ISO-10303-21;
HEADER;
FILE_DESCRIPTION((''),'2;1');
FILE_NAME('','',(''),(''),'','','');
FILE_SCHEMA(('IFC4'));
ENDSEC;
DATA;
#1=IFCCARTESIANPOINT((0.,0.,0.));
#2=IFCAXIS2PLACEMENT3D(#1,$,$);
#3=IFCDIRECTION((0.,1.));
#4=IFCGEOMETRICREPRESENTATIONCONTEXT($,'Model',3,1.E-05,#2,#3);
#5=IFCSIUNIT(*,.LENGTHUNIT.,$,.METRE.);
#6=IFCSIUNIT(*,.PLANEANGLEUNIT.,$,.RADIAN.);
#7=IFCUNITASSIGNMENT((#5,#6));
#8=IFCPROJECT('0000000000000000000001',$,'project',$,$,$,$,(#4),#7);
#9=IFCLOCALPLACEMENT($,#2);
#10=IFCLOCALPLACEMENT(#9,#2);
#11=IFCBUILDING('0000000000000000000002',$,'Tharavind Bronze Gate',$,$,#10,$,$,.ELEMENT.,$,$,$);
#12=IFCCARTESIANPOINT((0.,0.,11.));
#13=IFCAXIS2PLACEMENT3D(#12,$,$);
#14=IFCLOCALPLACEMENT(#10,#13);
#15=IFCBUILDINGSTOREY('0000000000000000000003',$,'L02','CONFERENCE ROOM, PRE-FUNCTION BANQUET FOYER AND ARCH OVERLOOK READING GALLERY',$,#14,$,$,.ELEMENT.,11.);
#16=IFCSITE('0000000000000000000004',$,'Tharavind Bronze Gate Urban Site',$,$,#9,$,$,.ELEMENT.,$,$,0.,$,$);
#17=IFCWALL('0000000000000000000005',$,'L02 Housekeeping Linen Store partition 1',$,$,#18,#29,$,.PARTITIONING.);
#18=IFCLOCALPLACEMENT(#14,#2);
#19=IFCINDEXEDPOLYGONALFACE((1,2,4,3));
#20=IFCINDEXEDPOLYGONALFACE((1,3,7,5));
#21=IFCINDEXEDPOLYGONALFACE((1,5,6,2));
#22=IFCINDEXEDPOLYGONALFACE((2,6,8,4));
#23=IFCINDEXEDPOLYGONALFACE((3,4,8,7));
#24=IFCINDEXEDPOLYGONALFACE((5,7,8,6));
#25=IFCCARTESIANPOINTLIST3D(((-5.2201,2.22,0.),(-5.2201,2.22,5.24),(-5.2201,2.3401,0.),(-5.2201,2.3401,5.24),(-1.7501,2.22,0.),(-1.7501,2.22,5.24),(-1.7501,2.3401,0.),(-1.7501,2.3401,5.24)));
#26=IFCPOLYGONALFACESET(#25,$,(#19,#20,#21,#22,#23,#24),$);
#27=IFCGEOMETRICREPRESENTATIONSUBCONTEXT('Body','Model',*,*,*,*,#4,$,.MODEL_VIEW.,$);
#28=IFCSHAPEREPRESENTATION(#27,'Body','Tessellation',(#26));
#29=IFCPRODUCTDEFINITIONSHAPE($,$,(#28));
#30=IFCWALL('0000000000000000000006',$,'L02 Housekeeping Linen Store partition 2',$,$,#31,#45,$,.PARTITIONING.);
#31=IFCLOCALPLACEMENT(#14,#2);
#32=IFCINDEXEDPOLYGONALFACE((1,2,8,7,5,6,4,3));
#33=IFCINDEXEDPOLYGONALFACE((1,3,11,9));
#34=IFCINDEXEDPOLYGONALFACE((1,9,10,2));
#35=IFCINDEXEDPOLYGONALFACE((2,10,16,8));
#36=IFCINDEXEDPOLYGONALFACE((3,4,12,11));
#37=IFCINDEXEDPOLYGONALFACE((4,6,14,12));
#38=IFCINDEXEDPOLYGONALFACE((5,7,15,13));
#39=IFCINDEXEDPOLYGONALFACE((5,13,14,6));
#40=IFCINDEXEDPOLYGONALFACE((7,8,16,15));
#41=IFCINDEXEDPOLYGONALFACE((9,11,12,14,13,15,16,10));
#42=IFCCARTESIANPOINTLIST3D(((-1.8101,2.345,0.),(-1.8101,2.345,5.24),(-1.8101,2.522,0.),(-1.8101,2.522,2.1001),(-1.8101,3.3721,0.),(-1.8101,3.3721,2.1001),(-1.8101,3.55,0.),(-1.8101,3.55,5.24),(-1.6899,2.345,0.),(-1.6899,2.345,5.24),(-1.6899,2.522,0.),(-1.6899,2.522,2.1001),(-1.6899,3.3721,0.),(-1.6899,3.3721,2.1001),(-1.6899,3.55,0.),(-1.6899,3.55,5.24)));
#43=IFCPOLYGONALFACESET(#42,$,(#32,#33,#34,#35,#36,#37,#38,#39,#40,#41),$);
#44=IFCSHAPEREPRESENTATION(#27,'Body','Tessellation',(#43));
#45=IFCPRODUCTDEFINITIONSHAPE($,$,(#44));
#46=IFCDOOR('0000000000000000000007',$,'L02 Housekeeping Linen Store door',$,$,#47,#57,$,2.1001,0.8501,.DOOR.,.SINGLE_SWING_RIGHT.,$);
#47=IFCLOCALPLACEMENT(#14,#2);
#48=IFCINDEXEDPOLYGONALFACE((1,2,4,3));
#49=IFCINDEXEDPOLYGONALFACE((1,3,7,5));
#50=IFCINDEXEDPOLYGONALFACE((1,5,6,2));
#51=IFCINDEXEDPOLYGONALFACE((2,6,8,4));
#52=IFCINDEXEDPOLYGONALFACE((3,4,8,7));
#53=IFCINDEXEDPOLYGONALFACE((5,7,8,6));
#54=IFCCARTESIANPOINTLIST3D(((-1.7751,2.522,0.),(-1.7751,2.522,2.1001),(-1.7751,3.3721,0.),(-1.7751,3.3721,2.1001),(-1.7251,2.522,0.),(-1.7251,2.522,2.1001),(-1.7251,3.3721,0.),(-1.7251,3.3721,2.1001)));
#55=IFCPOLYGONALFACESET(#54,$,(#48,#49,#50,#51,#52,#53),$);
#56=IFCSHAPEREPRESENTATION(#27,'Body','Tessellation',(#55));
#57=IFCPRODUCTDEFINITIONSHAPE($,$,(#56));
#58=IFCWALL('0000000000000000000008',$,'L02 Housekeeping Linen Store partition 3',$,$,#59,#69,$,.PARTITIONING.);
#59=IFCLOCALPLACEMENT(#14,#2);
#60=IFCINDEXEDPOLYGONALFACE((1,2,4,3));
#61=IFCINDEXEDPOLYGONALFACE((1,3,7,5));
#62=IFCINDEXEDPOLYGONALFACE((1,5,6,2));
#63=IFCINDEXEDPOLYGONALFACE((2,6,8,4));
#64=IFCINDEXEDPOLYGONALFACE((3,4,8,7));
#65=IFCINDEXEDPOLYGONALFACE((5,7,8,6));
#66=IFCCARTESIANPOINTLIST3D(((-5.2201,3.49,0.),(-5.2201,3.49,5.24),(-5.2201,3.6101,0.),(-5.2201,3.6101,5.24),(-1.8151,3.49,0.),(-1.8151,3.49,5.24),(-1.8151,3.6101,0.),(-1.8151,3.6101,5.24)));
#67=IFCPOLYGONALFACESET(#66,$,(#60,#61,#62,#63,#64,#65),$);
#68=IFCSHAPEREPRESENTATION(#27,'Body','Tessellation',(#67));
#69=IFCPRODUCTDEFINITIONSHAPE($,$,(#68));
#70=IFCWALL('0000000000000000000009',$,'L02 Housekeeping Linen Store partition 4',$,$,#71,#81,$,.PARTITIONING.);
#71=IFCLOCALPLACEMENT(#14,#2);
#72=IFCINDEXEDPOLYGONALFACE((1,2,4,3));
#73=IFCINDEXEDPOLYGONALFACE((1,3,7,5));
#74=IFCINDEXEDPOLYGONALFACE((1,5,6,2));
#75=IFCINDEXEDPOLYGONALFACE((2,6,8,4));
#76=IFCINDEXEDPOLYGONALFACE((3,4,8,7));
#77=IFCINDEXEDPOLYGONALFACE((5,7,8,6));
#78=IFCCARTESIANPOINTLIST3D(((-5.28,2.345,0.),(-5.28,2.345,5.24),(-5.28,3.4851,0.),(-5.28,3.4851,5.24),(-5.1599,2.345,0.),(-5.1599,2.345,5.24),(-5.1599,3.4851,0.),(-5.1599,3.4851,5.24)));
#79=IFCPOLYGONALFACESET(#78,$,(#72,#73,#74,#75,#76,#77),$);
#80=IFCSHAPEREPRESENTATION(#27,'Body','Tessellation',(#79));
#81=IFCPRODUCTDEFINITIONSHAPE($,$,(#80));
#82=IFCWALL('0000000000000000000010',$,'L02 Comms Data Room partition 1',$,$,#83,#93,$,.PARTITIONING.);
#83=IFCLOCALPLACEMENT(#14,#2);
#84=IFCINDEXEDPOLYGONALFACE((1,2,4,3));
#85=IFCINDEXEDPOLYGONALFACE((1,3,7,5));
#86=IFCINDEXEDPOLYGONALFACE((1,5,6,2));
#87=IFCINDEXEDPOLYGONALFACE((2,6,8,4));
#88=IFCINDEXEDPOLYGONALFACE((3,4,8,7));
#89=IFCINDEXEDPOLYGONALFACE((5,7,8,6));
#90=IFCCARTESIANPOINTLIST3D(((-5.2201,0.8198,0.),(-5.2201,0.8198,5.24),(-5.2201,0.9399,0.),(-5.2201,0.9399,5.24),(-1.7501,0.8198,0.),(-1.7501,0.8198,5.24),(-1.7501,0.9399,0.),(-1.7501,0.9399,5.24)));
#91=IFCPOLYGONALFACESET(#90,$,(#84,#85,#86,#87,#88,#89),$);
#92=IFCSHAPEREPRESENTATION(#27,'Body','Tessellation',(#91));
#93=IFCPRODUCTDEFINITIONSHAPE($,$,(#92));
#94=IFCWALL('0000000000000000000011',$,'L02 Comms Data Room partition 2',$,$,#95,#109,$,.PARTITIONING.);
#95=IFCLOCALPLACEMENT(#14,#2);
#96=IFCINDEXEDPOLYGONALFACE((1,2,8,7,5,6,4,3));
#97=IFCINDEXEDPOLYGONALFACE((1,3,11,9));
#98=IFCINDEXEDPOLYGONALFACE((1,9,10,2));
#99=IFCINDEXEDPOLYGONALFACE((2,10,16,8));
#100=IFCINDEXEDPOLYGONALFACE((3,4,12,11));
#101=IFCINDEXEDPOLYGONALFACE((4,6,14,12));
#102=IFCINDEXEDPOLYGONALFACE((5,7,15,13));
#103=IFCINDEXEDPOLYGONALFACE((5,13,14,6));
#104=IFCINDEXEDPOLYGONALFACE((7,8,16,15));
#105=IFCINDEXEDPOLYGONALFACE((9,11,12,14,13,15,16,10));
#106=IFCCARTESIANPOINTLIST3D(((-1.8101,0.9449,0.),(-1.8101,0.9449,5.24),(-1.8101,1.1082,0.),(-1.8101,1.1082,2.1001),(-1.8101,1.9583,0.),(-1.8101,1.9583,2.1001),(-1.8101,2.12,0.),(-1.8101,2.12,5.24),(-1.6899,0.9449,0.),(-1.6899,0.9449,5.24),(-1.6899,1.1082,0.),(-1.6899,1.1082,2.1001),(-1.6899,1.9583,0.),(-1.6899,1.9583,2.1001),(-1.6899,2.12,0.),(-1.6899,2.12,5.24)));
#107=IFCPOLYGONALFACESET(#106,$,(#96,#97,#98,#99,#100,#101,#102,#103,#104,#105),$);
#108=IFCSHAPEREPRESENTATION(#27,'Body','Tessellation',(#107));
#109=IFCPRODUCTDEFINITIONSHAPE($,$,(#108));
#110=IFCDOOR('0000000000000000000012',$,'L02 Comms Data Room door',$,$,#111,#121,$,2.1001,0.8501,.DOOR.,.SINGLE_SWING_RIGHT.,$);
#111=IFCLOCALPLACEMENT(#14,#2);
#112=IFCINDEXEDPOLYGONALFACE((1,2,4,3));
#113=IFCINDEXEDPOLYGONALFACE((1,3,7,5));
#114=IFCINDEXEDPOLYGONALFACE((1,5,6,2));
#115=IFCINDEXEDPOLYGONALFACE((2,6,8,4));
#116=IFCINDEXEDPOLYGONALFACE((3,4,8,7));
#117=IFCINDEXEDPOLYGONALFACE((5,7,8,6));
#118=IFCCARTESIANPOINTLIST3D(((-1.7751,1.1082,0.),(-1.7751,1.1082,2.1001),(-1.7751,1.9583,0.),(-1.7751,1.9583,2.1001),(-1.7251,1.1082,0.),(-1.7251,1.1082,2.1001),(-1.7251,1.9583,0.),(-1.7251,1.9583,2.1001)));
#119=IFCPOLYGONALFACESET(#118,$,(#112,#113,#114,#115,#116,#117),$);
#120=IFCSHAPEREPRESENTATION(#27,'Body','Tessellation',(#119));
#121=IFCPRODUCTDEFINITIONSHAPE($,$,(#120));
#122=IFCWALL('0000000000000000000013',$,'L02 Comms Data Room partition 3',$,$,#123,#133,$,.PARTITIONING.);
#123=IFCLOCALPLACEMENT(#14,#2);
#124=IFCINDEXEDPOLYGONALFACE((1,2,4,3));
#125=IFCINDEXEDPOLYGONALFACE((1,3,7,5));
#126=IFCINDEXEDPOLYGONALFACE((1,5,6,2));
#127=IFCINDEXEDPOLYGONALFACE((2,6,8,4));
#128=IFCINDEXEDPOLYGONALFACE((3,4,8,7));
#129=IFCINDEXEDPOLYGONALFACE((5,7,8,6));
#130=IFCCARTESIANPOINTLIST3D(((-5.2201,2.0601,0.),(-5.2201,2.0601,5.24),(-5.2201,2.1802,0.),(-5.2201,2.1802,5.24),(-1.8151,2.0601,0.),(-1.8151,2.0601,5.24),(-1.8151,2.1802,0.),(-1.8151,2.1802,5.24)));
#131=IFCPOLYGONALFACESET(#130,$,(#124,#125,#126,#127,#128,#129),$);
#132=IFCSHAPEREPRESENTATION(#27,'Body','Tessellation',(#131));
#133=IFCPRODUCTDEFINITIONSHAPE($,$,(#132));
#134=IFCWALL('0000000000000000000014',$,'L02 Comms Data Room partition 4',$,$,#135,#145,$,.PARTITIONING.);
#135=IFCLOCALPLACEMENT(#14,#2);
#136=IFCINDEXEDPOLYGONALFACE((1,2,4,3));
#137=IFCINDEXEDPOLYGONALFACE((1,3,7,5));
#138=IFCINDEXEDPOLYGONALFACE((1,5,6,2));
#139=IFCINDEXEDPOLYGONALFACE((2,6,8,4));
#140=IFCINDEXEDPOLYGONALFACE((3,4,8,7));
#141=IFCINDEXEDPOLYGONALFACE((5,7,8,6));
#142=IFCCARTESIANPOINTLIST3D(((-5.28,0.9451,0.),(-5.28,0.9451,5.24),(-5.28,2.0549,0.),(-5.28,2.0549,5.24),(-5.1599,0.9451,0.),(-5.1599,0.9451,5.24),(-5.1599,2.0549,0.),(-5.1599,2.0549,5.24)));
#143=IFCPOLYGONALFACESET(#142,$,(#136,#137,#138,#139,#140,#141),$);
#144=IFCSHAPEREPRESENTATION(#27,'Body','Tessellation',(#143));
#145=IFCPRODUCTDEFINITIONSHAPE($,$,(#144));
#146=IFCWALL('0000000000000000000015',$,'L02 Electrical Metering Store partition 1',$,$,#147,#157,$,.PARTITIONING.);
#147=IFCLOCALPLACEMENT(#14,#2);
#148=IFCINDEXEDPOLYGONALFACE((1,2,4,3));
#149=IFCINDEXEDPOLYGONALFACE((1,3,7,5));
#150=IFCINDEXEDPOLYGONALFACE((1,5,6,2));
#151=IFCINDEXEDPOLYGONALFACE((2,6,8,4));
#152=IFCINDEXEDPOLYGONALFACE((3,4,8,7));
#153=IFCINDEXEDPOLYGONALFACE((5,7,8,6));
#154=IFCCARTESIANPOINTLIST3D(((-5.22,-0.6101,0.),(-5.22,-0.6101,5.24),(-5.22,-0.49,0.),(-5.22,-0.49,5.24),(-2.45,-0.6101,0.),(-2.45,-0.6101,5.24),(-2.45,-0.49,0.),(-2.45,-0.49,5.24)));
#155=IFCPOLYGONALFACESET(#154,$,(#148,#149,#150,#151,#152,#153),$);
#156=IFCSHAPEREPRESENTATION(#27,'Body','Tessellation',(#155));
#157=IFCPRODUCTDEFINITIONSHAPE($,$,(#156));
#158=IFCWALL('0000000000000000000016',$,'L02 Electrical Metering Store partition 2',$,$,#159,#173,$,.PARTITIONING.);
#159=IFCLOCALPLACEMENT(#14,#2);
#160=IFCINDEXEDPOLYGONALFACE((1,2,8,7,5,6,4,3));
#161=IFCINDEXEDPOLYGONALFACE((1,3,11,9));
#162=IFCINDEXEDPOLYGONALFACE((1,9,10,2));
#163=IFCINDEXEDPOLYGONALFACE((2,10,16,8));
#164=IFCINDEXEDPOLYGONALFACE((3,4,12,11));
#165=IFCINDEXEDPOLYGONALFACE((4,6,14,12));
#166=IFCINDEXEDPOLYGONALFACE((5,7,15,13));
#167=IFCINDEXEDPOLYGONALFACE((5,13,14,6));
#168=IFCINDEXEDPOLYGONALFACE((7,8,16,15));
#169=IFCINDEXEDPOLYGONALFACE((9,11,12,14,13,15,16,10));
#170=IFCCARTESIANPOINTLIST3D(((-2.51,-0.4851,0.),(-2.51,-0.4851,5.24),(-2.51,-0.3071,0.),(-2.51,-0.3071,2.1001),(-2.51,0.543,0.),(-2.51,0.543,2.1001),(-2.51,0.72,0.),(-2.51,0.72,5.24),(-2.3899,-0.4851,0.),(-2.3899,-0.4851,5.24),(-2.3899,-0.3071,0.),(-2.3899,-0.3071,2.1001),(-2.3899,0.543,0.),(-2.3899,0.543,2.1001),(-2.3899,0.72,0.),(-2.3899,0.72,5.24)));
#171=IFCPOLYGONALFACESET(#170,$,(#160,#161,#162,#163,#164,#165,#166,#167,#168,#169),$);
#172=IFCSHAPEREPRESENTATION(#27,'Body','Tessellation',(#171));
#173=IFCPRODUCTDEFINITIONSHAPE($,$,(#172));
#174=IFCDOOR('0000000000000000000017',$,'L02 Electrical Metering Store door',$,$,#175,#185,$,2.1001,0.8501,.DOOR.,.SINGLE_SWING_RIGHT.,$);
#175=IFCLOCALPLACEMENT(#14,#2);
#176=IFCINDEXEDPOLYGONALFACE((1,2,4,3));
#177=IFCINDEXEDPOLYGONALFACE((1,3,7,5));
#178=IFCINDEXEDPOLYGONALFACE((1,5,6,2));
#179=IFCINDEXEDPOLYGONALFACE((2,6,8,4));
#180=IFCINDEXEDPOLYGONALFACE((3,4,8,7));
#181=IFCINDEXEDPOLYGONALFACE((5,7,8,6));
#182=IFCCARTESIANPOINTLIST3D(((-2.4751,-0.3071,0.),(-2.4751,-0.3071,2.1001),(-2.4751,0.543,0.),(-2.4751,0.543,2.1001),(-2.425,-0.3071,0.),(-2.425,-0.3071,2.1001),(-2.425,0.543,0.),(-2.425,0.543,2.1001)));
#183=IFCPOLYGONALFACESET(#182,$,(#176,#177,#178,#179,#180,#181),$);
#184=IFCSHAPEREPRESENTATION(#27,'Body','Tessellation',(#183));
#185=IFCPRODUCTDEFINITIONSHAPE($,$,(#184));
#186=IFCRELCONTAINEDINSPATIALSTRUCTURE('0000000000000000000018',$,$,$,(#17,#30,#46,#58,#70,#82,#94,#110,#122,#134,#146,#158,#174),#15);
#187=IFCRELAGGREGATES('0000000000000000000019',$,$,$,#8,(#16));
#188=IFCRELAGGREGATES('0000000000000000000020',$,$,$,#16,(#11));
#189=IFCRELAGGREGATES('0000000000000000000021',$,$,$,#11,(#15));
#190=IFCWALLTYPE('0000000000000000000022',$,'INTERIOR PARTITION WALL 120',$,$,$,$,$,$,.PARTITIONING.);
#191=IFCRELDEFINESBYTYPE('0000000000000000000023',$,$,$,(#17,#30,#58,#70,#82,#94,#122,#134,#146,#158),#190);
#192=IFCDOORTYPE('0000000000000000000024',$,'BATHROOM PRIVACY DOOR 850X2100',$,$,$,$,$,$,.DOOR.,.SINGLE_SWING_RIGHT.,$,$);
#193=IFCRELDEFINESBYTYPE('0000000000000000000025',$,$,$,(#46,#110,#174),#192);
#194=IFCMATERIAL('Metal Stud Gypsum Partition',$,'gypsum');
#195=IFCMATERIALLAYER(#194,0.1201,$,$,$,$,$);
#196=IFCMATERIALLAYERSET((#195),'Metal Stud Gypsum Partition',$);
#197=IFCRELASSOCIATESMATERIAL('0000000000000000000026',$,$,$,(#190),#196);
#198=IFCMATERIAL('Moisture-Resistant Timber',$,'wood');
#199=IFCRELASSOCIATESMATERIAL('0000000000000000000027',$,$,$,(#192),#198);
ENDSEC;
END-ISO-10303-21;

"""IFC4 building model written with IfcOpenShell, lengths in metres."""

from ifc_helpers import new_model, si_unit, direction, frame, frame_2d, origin, place, context, subcontext, project, spatial, rectangle, extrude, material, layer, layer_set, type_object, element, fill, save


model = new_model("IFC4")

# Units and contexts
model_context = context("Model", 3, precision=1e-05, world=origin(), true_north=direction((0.0, 1.0)))
body_context = subcontext(model_context, "Body", "Model", "MODEL_VIEW")
ifc_project = project(units=[si_unit("LENGTHUNIT", "METRE"), si_unit("PLANEANGLEUNIT", "RADIAN")], contexts=[model_context])

# Site, building, storey
site_placement = place(None, origin())
site = spatial("IfcSite", under=ifc_project, at=site_placement, Name="Tharavind Bronze Gate Urban Site", CompositionType="ELEMENT", RefElevation=0.0)
building_placement = place(site_placement, origin())
building = spatial("IfcBuilding", under=site, at=building_placement, Name="Tharavind Bronze Gate", CompositionType="ELEMENT")
storey_placement = place(building_placement, frame((0.0, 0.0, 11.0)))
storey = spatial("IfcBuildingStorey", under=building, at=storey_placement, Name="L02", Description="CONFERENCE ROOM, PRE-FUNCTION BANQUET FOYER AND ARCH OVERLOOK READING GALLERY", CompositionType="ELEMENT", Elevation=11.0)

# Wall
ifc_material_1 = material(Name="Metal Stud Gypsum Partition", Category="gypsum")
ifc_layer_1 = layer(ifc_material_1, 0.1201)
ifc_layer_set_1 = layer_set([ifc_layer_1], Name="Metal Stud Gypsum Partition")
wall_type_1 = type_object("IfcWallType", Name="INTERIOR PARTITION WALL 120", PredefinedType="PARTITIONING", material=ifc_layer_set_1)
wall_1_placement = place(storey_placement, frame((-5.22, 2.28, 0.0), z_axis=(0.0, 0.0, 1.0), x_axis=(1.0, 0.0, 0.0)))
element("IfcWall", 1, at=wall_1_placement, inside=storey, type_object=wall_type_1, Name="L02 Housekeeping Linen Store partition 1", PredefinedType="PARTITIONING", context=body_context, shape_type="SweptSolid", body=[
    extrude(rectangle(XDim=3.47, YDim=0.1201, at=frame_2d((1.7349, 0.0))), origin(), (0.0, 0.0, 1.0), 5.24),
])

# Wall, opening, door
wall_2_placement = place(storey_placement, frame((-1.75, 2.345, 0.0), z_axis=(0.0, 0.0, 1.0), x_axis=(0.0, 1.0, 0.0)))
wall_2 = element("IfcWall", 2, at=wall_2_placement, inside=storey, type_object=wall_type_1, Name="L02 Housekeeping Linen Store partition 2", PredefinedType="PARTITIONING", context=body_context, shape_type="SweptSolid", body=[
    extrude(rectangle(XDim=1.2051, YDim=0.1201, at=frame_2d((0.6025, 0.0))), origin(), (0.0, 0.0, 1.0), 5.24),
])
opening_1_placement = place(wall_2_placement, frame((0.177, 0.0, 0.0)))
opening_1 = element("IfcOpeningElement", 3, at=opening_1_placement, cuts=wall_2, PredefinedType="OPENING", context=body_context, shape_type="SweptSolid", body=[
    extrude(rectangle(XDim=0.8501, YDim=2.1001, at=frame_2d((0.425, 1.05))), frame((0.0, 0.0701, 0.0), z_axis=(0.0, -1.0, 0.0), x_axis=(1.0, 0.0, 0.0)), (0.0, 0.0, 1.0), 0.1401),
])
ifc_material_2 = material(Name="Moisture-Resistant Timber", Category="wood")
door_type_1 = type_object("IfcDoorType", Name="BATHROOM PRIVACY DOOR 850X2100", OperationType="SINGLE_SWING_RIGHT", PredefinedType="DOOR", material=ifc_material_2)
door_1_placement = place(opening_1_placement, frame((0.8501, 0.0, 0.0), z_axis=(0.0, 0.0, 1.0), x_axis=(-1.0, 0.0, 0.0)))
door_1 = element("IfcDoor", 4, at=door_1_placement, inside=storey, type_object=door_type_1, Name="L02 Housekeeping Linen Store door", OperationType="SINGLE_SWING_RIGHT", OverallHeight=2.1001, OverallWidth=0.8501, PredefinedType="DOOR", context=body_context, shape_type="SweptSolid", body=[
    extrude(rectangle(XDim=0.8501, YDim=2.1001, at=frame_2d((0.425, 1.05))), frame((0.0, 0.0249, 0.0), z_axis=(0.0, -1.0, 0.0), x_axis=(1.0, 0.0, 0.0)), (0.0, 0.0, 1.0), 0.05),
])
fill(opening_1, door_1)

# Walls
wall_3_placement = place(storey_placement, frame((-1.8149, 3.55, 0.0), z_axis=(0.0, 0.0, 1.0), x_axis=(-1.0, 0.0, 0.0)))
element("IfcWall", 5, at=wall_3_placement, inside=storey, type_object=wall_type_1, Name="L02 Housekeeping Linen Store partition 3", PredefinedType="PARTITIONING", context=body_context, shape_type="SweptSolid", body=[
    extrude(rectangle(XDim=3.405, YDim=0.1201, at=frame_2d((1.7026, 0.0))), origin(), (0.0, 0.0, 1.0), 5.24),
])
wall_4_placement = place(storey_placement, frame((-5.22, 3.4851, 0.0), z_axis=(0.0, 0.0, 1.0), x_axis=(0.0, -1.0, 0.0)))
element("IfcWall", 6, at=wall_4_placement, inside=storey, type_object=wall_type_1, Name="L02 Housekeeping Linen Store partition 4", PredefinedType="PARTITIONING", context=body_context, shape_type="SweptSolid", body=[
    extrude(rectangle(XDim=1.1401, YDim=0.1201, at=frame_2d((0.5701, 0.0))), origin(), (0.0, 0.0, 1.0), 5.24),
])
wall_5_placement = place(storey_placement, frame((-5.22, 0.8799, 0.0), z_axis=(0.0, 0.0, 1.0), x_axis=(1.0, 0.0, 0.0)))
element("IfcWall", 7, at=wall_5_placement, inside=storey, type_object=wall_type_1, Name="L02 Comms Data Room partition 1", PredefinedType="PARTITIONING", context=body_context, shape_type="SweptSolid", body=[
    extrude(rectangle(XDim=3.47, YDim=0.1201, at=frame_2d((1.7349, 0.0))), origin(), (0.0, 0.0, 1.0), 5.24),
])

# Wall, opening, door
wall_6_placement = place(storey_placement, frame((-1.75, 0.9451, 0.0), z_axis=(0.0, 0.0, 1.0), x_axis=(0.0, 1.0, 0.0)))
wall_6 = element("IfcWall", 8, at=wall_6_placement, inside=storey, type_object=wall_type_1, Name="L02 Comms Data Room partition 2", PredefinedType="PARTITIONING", context=body_context, shape_type="SweptSolid", body=[
    extrude(rectangle(XDim=1.175, YDim=0.1201, at=frame_2d((0.5874, 0.0))), origin(), (0.0, 0.0, 1.0), 5.24),
])
opening_2_placement = place(wall_6_placement, frame((0.1631, 0.0, 0.0)))
opening_2 = element("IfcOpeningElement", 9, at=opening_2_placement, cuts=wall_6, PredefinedType="OPENING", context=body_context, shape_type="SweptSolid", body=[
    extrude(rectangle(XDim=0.8501, YDim=2.1001, at=frame_2d((0.425, 1.05))), frame((0.0, 0.0701, 0.0), z_axis=(0.0, -1.0, 0.0), x_axis=(1.0, 0.0, 0.0)), (0.0, 0.0, 1.0), 0.1401),
])
door_2_placement = place(opening_2_placement, frame((0.8501, 0.0, 0.0), z_axis=(0.0, 0.0, 1.0), x_axis=(-1.0, 0.0, 0.0)))
door_2 = element("IfcDoor", 10, at=door_2_placement, inside=storey, type_object=door_type_1, Name="L02 Comms Data Room door", OperationType="SINGLE_SWING_RIGHT", OverallHeight=2.1001, OverallWidth=0.8501, PredefinedType="DOOR", context=body_context, shape_type="SweptSolid", body=[
    extrude(rectangle(XDim=0.8501, YDim=2.1001, at=frame_2d((0.425, 1.05))), frame((0.0, 0.0249, 0.0), z_axis=(0.0, -1.0, 0.0), x_axis=(1.0, 0.0, 0.0)), (0.0, 0.0, 1.0), 0.05),
])
fill(opening_2, door_2)

# Walls
wall_7_placement = place(storey_placement, frame((-1.8149, 2.1201, 0.0), z_axis=(0.0, 0.0, 1.0), x_axis=(-1.0, 0.0, 0.0)))
element("IfcWall", 11, at=wall_7_placement, inside=storey, type_object=wall_type_1, Name="L02 Comms Data Room partition 3", PredefinedType="PARTITIONING", context=body_context, shape_type="SweptSolid", body=[
    extrude(rectangle(XDim=3.405, YDim=0.1201, at=frame_2d((1.7026, 0.0))), origin(), (0.0, 0.0, 1.0), 5.24),
])
wall_8_placement = place(storey_placement, frame((-5.22, 2.0549, 0.0), z_axis=(0.0, 0.0, 1.0), x_axis=(0.0, -1.0, 0.0)))
element("IfcWall", 12, at=wall_8_placement, inside=storey, type_object=wall_type_1, Name="L02 Comms Data Room partition 4", PredefinedType="PARTITIONING", context=body_context, shape_type="SweptSolid", body=[
    extrude(rectangle(XDim=1.1099, YDim=0.1201, at=frame_2d((0.5549, 0.0))), origin(), (0.0, 0.0, 1.0), 5.24),
])
wall_9_placement = place(storey_placement, frame((-5.22, -0.55, 0.0), z_axis=(0.0, 0.0, 1.0), x_axis=(1.0, 0.0, 0.0)))
element("IfcWall", 13, at=wall_9_placement, inside=storey, type_object=wall_type_1, Name="L02 Electrical Metering Store partition 1", PredefinedType="PARTITIONING", context=body_context, shape_type="SweptSolid", body=[
    extrude(rectangle(XDim=2.77, YDim=0.1201, at=frame_2d((1.385, 0.0))), origin(), (0.0, 0.0, 1.0), 5.24),
])

# Wall, opening, door
wall_10_placement = place(storey_placement, frame((-2.45, -0.4851, 0.0), z_axis=(0.0, 0.0, 1.0), x_axis=(0.0, 1.0, 0.0)))
wall_10 = element("IfcWall", 14, at=wall_10_placement, inside=storey, type_object=wall_type_1, Name="L02 Electrical Metering Store partition 2", PredefinedType="PARTITIONING", context=body_context, shape_type="SweptSolid", body=[
    extrude(rectangle(XDim=1.2051, YDim=0.1201, at=frame_2d((0.6025, 0.0))), origin(), (0.0, 0.0, 1.0), 5.24),
])
opening_3_placement = place(wall_10_placement, frame((0.178, 0.0, 0.0)))
opening_3 = element("IfcOpeningElement", 15, at=opening_3_placement, cuts=wall_10, PredefinedType="OPENING", context=body_context, shape_type="SweptSolid", body=[
    extrude(rectangle(XDim=0.8501, YDim=2.1001, at=frame_2d((0.425, 1.05))), frame((0.0, 0.0701, 0.0), z_axis=(0.0, -1.0, 0.0), x_axis=(1.0, 0.0, 0.0)), (0.0, 0.0, 1.0), 0.1401),
])
door_3_placement = place(opening_3_placement, frame((0.8501, 0.0, 0.0), z_axis=(0.0, 0.0, 1.0), x_axis=(-1.0, 0.0, 0.0)))
door_3 = element("IfcDoor", 16, at=door_3_placement, inside=storey, type_object=door_type_1, Name="L02 Electrical Metering Store door", OperationType="SINGLE_SWING_RIGHT", OverallHeight=2.1001, OverallWidth=0.8501, PredefinedType="DOOR", context=body_context, shape_type="SweptSolid", body=[
    extrude(rectangle(XDim=0.8501, YDim=2.1001, at=frame_2d((0.425, 1.05))), frame((0.0, 0.0249, 0.0), z_axis=(0.0, -1.0, 0.0), x_axis=(1.0, 0.0, 0.0)), (0.0, 0.0, 1.0), 0.05),
])
fill(opening_3, door_3)

save(model, "model.ifc")
